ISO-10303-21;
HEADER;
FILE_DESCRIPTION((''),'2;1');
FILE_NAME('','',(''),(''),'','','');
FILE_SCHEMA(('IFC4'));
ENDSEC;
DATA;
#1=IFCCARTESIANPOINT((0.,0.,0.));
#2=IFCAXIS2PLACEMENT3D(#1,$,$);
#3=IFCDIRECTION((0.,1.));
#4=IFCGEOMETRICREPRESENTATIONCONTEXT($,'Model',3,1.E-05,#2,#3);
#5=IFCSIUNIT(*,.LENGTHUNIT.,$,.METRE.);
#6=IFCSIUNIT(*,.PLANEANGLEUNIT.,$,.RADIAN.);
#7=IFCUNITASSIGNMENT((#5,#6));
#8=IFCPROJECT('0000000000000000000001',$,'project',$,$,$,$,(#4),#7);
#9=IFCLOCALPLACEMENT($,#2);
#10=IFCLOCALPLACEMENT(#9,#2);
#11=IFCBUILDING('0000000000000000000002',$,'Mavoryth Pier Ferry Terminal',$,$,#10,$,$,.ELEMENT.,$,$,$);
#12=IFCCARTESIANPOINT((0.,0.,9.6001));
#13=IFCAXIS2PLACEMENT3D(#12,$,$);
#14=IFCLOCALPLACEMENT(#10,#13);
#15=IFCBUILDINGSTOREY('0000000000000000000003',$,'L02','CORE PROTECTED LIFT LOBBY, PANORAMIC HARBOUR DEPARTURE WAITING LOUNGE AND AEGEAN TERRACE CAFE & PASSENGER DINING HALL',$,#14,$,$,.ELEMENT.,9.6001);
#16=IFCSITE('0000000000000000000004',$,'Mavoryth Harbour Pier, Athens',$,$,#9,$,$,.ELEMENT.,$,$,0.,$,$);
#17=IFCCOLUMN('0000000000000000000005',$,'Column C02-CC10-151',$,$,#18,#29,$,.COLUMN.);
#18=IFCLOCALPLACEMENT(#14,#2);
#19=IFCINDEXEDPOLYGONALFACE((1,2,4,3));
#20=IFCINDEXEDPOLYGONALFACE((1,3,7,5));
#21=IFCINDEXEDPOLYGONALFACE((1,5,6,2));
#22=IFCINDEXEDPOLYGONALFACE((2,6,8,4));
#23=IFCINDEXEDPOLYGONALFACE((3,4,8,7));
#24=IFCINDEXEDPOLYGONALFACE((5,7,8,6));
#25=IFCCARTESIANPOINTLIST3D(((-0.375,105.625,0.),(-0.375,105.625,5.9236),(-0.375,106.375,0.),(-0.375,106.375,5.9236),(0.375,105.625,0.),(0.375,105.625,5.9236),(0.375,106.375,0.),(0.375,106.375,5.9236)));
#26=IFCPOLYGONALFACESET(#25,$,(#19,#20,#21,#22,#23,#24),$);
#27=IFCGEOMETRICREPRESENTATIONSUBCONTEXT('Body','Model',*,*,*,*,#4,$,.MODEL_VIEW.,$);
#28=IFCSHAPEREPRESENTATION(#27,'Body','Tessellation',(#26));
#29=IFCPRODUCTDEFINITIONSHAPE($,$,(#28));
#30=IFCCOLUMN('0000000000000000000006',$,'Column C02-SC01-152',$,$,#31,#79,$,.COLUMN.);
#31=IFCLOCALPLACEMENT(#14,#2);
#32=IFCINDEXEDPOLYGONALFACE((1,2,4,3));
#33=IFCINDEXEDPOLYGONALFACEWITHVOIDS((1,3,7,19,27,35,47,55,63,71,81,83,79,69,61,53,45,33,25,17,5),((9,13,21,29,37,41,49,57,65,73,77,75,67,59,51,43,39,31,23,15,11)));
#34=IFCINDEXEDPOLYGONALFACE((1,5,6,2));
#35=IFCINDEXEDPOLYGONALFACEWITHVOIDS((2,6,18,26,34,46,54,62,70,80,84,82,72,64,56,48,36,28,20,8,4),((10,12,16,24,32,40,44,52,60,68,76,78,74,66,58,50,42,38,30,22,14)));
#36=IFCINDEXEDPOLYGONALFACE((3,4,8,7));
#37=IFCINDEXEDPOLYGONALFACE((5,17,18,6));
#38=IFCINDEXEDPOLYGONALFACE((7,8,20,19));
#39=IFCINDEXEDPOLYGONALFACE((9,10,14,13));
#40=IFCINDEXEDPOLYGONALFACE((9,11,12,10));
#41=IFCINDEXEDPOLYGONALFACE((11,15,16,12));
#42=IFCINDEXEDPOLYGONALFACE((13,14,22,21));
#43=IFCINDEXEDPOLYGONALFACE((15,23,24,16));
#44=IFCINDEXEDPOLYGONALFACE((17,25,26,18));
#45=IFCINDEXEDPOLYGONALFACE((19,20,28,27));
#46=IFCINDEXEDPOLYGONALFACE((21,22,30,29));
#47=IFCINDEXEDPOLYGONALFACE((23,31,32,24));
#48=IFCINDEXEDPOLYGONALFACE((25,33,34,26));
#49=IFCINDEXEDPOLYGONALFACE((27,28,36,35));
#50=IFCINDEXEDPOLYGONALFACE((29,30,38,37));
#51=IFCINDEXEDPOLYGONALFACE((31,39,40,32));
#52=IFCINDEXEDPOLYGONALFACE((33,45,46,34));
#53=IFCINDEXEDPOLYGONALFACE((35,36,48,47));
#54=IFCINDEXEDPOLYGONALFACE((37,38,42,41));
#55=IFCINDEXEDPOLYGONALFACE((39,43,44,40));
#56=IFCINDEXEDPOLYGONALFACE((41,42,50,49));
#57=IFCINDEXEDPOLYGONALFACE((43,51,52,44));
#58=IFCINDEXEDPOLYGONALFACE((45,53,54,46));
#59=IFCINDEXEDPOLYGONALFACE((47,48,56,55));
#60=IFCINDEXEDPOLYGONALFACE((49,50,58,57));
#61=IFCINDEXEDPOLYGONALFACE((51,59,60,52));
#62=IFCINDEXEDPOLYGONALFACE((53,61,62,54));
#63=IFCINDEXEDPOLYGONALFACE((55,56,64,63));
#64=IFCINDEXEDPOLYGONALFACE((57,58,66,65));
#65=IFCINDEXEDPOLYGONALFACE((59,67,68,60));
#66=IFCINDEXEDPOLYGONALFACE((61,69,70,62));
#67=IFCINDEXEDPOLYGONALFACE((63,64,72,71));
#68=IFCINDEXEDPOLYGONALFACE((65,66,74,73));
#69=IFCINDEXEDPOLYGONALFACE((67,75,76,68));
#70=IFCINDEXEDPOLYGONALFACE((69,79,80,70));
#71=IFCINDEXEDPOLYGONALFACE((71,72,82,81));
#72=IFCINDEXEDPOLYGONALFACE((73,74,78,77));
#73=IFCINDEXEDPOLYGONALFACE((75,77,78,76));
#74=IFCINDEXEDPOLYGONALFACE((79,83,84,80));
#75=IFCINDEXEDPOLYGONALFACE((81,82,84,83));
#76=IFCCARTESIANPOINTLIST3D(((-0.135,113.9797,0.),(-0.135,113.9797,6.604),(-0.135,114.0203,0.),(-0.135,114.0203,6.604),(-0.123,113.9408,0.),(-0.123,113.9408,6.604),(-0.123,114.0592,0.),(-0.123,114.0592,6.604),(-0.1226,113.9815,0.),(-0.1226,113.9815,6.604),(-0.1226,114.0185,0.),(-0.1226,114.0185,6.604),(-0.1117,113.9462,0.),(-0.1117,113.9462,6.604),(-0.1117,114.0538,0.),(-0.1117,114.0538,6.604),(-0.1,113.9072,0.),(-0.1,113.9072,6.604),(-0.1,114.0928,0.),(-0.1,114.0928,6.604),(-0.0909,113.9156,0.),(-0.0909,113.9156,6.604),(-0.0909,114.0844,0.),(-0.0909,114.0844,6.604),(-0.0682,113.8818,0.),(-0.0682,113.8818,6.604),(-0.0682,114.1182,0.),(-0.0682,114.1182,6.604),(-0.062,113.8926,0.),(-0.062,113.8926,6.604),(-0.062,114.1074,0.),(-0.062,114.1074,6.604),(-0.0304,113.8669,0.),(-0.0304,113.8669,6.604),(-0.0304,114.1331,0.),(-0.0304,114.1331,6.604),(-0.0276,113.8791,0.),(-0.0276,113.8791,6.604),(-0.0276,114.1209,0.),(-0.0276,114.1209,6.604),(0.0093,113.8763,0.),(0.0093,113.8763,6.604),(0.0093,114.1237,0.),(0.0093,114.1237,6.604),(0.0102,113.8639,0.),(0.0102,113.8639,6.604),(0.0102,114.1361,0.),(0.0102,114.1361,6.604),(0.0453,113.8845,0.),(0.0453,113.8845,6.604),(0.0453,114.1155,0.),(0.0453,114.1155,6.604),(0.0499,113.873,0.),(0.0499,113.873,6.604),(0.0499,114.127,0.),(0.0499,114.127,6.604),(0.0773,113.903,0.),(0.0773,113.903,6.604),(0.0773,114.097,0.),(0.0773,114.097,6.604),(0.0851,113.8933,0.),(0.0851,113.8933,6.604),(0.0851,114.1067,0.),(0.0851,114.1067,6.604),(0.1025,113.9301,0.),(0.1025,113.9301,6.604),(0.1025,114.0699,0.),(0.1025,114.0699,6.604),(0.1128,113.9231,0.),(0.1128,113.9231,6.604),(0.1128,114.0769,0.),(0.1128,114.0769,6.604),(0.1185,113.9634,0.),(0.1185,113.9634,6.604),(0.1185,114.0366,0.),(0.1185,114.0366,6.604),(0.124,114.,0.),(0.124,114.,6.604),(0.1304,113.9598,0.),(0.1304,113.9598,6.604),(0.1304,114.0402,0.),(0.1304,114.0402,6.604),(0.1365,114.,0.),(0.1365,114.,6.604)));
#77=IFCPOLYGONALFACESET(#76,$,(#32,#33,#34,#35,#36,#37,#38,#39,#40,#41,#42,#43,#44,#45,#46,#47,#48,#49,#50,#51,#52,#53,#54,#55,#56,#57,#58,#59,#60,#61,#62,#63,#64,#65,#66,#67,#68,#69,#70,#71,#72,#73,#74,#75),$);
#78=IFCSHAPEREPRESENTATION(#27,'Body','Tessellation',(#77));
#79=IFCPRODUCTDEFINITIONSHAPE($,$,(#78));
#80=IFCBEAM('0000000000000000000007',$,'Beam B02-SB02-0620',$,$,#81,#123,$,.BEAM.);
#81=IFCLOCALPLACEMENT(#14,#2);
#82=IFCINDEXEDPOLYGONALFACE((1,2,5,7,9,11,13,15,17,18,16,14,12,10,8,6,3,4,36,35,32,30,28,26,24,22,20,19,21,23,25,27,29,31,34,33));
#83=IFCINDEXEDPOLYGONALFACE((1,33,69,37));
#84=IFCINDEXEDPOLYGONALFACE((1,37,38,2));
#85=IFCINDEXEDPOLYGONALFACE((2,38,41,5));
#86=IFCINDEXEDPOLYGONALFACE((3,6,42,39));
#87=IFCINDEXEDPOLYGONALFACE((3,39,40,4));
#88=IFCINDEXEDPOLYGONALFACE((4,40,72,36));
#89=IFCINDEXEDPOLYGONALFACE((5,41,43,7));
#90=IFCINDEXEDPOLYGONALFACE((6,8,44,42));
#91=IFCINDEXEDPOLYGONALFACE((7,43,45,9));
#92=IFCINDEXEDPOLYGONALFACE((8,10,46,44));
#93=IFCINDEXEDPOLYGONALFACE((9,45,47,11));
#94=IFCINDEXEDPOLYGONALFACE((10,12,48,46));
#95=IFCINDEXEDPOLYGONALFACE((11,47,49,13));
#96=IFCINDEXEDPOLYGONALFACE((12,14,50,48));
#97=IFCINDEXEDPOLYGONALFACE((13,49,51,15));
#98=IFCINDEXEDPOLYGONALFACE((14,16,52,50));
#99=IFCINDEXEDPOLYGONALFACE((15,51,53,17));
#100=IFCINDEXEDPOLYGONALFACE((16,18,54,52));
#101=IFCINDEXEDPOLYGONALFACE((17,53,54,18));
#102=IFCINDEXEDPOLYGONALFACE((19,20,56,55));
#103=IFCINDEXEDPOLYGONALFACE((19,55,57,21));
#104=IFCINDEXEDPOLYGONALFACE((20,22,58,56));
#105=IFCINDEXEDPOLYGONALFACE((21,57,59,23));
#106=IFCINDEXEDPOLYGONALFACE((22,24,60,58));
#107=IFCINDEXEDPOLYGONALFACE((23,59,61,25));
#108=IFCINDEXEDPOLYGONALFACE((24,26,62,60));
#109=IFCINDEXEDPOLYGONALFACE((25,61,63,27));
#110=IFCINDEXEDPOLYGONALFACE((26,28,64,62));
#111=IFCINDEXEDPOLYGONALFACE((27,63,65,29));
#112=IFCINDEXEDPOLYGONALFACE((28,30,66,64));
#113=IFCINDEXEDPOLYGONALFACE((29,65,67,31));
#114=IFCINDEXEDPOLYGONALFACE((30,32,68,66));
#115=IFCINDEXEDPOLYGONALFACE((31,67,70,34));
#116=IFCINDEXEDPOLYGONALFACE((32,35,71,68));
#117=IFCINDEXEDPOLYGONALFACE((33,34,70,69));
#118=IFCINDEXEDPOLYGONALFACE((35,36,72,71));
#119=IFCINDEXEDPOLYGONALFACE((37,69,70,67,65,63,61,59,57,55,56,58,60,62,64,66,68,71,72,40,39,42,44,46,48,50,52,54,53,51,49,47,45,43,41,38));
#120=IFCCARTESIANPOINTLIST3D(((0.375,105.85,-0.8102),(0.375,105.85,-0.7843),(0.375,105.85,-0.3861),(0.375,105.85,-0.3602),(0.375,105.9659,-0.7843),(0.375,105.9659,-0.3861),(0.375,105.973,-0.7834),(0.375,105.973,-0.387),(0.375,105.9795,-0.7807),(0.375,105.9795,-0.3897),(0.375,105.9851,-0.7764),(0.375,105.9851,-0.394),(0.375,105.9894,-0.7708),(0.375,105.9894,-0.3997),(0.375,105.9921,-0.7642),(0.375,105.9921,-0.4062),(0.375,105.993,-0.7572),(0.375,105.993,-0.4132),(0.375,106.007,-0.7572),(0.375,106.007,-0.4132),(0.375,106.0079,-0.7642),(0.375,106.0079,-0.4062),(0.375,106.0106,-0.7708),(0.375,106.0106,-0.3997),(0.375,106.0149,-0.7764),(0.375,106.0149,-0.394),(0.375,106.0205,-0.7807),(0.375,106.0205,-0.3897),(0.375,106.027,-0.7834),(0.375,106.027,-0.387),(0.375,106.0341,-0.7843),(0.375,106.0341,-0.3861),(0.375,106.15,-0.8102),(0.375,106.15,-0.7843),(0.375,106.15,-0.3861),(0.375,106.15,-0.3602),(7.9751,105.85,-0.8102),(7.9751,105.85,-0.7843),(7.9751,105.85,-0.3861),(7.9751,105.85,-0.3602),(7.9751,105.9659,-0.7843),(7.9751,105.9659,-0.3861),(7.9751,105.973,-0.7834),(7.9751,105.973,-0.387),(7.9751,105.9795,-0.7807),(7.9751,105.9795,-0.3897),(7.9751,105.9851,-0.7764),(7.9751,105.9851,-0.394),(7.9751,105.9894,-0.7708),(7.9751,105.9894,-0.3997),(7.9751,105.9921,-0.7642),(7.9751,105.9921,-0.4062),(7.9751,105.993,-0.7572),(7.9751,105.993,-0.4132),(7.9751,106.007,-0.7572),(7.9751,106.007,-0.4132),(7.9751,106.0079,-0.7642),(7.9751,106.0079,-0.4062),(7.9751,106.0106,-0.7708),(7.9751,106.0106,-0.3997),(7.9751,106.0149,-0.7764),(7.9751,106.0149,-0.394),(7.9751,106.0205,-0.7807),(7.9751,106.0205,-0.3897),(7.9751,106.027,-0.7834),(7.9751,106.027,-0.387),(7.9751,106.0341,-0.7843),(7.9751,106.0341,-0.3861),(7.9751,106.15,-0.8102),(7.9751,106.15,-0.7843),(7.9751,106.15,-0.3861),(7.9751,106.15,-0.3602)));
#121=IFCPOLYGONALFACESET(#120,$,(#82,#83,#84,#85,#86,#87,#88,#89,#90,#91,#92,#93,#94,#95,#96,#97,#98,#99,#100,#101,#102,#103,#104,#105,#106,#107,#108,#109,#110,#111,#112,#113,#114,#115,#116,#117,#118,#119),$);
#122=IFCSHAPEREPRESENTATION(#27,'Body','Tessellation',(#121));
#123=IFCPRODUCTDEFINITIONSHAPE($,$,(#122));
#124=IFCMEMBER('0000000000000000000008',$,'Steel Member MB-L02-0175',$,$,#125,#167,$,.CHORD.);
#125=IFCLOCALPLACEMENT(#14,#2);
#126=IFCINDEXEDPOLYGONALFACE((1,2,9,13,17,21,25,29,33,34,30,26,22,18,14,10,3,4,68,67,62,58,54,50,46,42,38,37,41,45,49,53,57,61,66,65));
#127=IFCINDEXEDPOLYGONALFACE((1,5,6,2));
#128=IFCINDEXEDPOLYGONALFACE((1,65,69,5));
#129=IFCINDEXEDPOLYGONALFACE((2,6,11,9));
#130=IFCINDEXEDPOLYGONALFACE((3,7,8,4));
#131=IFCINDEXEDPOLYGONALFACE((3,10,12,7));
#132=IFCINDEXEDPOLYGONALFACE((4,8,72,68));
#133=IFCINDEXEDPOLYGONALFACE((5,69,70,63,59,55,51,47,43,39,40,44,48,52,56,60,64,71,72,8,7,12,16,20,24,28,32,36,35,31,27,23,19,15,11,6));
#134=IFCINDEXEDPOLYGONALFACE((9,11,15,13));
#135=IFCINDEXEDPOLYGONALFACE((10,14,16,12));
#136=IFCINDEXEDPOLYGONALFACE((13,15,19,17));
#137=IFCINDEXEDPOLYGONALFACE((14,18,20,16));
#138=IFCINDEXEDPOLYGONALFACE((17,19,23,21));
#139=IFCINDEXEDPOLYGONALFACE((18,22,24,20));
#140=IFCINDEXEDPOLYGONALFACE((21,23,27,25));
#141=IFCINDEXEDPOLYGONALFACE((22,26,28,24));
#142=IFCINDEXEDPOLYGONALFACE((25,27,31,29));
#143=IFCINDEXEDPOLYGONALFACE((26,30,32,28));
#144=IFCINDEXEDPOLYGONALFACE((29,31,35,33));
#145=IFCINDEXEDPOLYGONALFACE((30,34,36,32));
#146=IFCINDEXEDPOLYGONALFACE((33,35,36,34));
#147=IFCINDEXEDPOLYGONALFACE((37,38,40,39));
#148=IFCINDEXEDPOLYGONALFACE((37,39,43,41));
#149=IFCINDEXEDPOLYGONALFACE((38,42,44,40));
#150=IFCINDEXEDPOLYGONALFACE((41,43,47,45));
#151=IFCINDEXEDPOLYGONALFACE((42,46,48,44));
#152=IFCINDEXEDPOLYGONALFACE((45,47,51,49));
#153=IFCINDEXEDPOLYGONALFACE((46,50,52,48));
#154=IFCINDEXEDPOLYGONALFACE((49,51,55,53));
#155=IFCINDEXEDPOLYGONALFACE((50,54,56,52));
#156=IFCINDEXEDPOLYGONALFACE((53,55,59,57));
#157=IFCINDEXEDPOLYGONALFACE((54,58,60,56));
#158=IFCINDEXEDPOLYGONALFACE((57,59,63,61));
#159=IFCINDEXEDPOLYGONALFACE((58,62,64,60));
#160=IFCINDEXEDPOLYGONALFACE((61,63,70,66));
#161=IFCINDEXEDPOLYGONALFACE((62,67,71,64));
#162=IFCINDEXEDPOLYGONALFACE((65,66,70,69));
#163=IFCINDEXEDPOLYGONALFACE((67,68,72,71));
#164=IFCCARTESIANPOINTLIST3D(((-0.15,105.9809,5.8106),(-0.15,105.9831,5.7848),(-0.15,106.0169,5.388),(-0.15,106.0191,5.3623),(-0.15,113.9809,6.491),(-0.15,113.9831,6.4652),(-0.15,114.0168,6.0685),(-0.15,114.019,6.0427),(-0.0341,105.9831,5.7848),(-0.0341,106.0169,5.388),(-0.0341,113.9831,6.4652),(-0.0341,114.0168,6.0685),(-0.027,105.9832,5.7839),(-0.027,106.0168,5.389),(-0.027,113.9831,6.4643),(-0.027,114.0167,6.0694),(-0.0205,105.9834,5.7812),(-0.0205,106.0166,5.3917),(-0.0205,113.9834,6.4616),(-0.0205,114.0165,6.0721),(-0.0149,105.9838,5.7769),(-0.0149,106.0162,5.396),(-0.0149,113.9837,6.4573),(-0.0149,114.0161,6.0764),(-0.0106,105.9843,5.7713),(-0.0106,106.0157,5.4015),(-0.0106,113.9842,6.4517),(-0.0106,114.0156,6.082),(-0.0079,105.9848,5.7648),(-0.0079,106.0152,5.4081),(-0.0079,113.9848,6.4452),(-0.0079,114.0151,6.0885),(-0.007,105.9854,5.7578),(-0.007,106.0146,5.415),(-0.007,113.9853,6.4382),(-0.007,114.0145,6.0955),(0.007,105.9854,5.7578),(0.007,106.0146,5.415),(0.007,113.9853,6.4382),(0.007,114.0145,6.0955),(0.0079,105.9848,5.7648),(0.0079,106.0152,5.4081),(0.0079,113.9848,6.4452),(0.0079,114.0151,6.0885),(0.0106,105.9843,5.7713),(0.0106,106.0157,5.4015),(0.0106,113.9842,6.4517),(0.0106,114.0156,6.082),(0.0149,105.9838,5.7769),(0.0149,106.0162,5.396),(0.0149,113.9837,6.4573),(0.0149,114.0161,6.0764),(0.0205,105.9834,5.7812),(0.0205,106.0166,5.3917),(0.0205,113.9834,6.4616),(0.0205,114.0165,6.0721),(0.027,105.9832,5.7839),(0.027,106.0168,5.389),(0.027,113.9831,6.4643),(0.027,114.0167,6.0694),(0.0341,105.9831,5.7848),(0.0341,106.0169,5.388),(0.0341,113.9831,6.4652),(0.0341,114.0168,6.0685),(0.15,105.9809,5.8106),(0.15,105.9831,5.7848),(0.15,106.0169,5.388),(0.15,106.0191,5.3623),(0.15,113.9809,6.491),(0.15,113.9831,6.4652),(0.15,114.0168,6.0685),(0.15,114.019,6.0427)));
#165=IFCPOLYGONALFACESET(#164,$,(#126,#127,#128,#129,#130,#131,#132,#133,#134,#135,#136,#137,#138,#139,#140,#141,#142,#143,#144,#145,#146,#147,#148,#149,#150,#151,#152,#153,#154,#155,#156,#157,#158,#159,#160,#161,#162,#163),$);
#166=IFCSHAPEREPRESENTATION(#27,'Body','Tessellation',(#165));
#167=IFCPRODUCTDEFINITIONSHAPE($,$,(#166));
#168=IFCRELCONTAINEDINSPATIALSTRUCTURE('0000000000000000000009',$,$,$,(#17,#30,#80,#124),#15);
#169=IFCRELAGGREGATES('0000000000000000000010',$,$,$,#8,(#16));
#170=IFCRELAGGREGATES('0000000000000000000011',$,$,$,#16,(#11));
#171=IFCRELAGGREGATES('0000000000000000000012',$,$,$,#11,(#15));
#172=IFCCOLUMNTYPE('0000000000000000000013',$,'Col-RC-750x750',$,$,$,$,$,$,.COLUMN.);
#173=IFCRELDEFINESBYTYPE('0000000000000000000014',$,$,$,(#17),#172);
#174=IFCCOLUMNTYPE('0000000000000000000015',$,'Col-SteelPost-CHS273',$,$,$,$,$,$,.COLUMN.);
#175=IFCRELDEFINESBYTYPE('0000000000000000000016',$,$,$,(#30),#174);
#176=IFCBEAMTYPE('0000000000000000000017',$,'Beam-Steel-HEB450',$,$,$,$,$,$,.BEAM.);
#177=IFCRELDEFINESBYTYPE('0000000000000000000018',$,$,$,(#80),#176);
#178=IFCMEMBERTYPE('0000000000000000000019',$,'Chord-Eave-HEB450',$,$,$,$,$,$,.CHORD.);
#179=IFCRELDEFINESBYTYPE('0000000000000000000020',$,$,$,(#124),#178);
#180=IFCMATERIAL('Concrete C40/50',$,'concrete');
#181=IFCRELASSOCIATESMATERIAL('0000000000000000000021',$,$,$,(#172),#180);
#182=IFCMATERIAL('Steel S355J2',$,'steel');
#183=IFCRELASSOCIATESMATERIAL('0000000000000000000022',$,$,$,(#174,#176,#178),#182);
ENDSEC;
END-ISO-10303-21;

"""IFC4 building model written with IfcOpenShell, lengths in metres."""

from ifc_helpers import new_model, si_unit, direction, frame, origin, origin_2d, place, context, subcontext, project, spatial, rectangle, hollow_circle, i_section, extrude, material, material_profile, profile_set, type_object, element, save


model = new_model("IFC4")

# Units and contexts
model_context = context("Model", 3, precision=1e-05, world=origin(), true_north=direction((0.0, 1.0)))
body_context = subcontext(model_context, "Body", "Model", "MODEL_VIEW")
ifc_project = project(units=[si_unit("LENGTHUNIT", "METRE"), si_unit("PLANEANGLEUNIT", "RADIAN")], contexts=[model_context])

# Site, building, storey
site_placement = place(None, origin())
site = spatial("IfcSite", under=ifc_project, at=site_placement, Name="Mavoryth Harbour Pier, Athens", CompositionType="ELEMENT", RefElevation=0.0)
building_placement = place(site_placement, origin())
building = spatial("IfcBuilding", under=site, at=building_placement, Name="Mavoryth Pier Ferry Terminal", CompositionType="ELEMENT")
storey_placement = place(building_placement, frame((0.0, 0.0, 9.6001)))
storey = spatial("IfcBuildingStorey", under=building, at=storey_placement, Name="L02", Description="CORE PROTECTED LIFT LOBBY, PANORAMIC HARBOUR DEPARTURE WAITING LOUNGE AND AEGEAN TERRACE CAFE & PASSENGER DINING HALL", CompositionType="ELEMENT", Elevation=9.6001)

# Columns
ifc_material_1 = material(Name="Concrete C40/50", Category="concrete")
ifc_material_profile_1 = material_profile(ifc_material_1, rectangle(XDim=0.75, YDim=0.75, at=origin_2d()), Name="RC 750x750", Category="concrete")
ifc_profile_set_1 = profile_set([ifc_material_profile_1], Name="Concrete C40/50 - RC 750x750")
column_type_1 = type_object("IfcColumnType", Name="Col-RC-750x750", PredefinedType="COLUMN", material=ifc_profile_set_1)
column_1_placement = place(storey_placement, frame((0.0, 106.0, 0.0), z_axis=(0.0, 0.0, 1.0), x_axis=(1.0, 0.0, 0.0)))
element("IfcColumn", 1, at=column_1_placement, inside=storey, type_object=column_type_1, Name="Column C02-CC10-151", PredefinedType="COLUMN", context=body_context, shape_type="SweptSolid", body=[
    extrude(rectangle(XDim=0.75, YDim=0.75, at=origin_2d()), origin(), (0.0, 0.0, 1.0), 5.9236),
])
ifc_material_2 = material(Name="Steel S355J2", Category="steel")
ifc_material_profile_2 = material_profile(ifc_material_2, hollow_circle(Radius=0.1365, WallThickness=0.0125, at=origin_2d()), Name="CHS 273.0x12.5", Category="steel")
ifc_profile_set_2 = profile_set([ifc_material_profile_2], Name="Steel S355J2 - CHS 273.0x12.5")
column_type_2 = type_object("IfcColumnType", Name="Col-SteelPost-CHS273", PredefinedType="COLUMN", material=ifc_profile_set_2)
column_2_placement = place(storey_placement, frame((0.0, 114.0, 0.0), z_axis=(0.0, 0.0, 1.0), x_axis=(1.0, 0.0, 0.0)))
element("IfcColumn", 2, at=column_2_placement, inside=storey, type_object=column_type_2, Name="Column C02-SC01-152", PredefinedType="COLUMN", context=body_context, shape_type="SweptSolid", body=[
    extrude(hollow_circle(Radius=0.1365, WallThickness=0.0125, at=origin_2d()), origin(), (0.0, 0.0, 1.0), 6.604),
])

# Beam
ifc_material_profile_3 = material_profile(ifc_material_2, i_section(OverallWidth=0.3, OverallDepth=0.45, WebThickness=0.0139, FlangeThickness=0.0259, FilletRadius=0.0271, at=origin_2d()), Name="HEB 450", Category="steel")
ifc_profile_set_3 = profile_set([ifc_material_profile_3], Name="Steel S355J2 - HEB 450")
beam_type_1 = type_object("IfcBeamType", Name="Beam-Steel-HEB450", PredefinedType="BEAM", material=ifc_profile_set_3)
beam_1_placement = place(storey_placement, frame((0.375, 106.0, -0.5852), z_axis=(1.0, 0.0, 0.0), x_axis=(0.0, 1.0, 0.0)))
element("IfcBeam", 3, at=beam_1_placement, inside=storey, type_object=beam_type_1, Name="Beam B02-SB02-0620", PredefinedType="BEAM", context=body_context, shape_type="SweptSolid", body=[
    extrude(i_section(OverallWidth=0.3, OverallDepth=0.45, WebThickness=0.0139, FlangeThickness=0.0259, FilletRadius=0.0271, at=origin_2d()), origin(), (0.0, 0.0, 1.0), 7.6001),
])

# Member
ifc_material_profile_4 = material_profile(ifc_material_2, i_section(OverallWidth=0.3, OverallDepth=0.45, WebThickness=0.0139, FlangeThickness=0.0259, FilletRadius=0.0271, at=origin_2d()), Name="HEB 450", Category="steel")
ifc_profile_set_4 = profile_set([ifc_material_profile_4], Name="Steel S355J2 - HEB 450")
member_type_1 = type_object("IfcMemberType", Name="Chord-Eave-HEB450", PredefinedType="CHORD", material=ifc_profile_set_4)
member_1_placement = place(storey_placement, frame((0.0, 106.0, 5.5864), z_axis=(0.0, 0.996403, 0.084747), x_axis=(-1.0, 0.0, 0.0)))
element("IfcMember", 4, at=member_1_placement, inside=storey, type_object=member_type_1, Name="Steel Member MB-L02-0175", PredefinedType="CHORD", context=body_context, shape_type="SweptSolid", body=[
    extrude(i_section(OverallWidth=0.3, OverallDepth=0.45, WebThickness=0.0139, FlangeThickness=0.0259, FilletRadius=0.0271, at=origin_2d()), origin(), (0.0, 0.0, 1.0), 8.0288),
])

save(model, "model.ifc")
